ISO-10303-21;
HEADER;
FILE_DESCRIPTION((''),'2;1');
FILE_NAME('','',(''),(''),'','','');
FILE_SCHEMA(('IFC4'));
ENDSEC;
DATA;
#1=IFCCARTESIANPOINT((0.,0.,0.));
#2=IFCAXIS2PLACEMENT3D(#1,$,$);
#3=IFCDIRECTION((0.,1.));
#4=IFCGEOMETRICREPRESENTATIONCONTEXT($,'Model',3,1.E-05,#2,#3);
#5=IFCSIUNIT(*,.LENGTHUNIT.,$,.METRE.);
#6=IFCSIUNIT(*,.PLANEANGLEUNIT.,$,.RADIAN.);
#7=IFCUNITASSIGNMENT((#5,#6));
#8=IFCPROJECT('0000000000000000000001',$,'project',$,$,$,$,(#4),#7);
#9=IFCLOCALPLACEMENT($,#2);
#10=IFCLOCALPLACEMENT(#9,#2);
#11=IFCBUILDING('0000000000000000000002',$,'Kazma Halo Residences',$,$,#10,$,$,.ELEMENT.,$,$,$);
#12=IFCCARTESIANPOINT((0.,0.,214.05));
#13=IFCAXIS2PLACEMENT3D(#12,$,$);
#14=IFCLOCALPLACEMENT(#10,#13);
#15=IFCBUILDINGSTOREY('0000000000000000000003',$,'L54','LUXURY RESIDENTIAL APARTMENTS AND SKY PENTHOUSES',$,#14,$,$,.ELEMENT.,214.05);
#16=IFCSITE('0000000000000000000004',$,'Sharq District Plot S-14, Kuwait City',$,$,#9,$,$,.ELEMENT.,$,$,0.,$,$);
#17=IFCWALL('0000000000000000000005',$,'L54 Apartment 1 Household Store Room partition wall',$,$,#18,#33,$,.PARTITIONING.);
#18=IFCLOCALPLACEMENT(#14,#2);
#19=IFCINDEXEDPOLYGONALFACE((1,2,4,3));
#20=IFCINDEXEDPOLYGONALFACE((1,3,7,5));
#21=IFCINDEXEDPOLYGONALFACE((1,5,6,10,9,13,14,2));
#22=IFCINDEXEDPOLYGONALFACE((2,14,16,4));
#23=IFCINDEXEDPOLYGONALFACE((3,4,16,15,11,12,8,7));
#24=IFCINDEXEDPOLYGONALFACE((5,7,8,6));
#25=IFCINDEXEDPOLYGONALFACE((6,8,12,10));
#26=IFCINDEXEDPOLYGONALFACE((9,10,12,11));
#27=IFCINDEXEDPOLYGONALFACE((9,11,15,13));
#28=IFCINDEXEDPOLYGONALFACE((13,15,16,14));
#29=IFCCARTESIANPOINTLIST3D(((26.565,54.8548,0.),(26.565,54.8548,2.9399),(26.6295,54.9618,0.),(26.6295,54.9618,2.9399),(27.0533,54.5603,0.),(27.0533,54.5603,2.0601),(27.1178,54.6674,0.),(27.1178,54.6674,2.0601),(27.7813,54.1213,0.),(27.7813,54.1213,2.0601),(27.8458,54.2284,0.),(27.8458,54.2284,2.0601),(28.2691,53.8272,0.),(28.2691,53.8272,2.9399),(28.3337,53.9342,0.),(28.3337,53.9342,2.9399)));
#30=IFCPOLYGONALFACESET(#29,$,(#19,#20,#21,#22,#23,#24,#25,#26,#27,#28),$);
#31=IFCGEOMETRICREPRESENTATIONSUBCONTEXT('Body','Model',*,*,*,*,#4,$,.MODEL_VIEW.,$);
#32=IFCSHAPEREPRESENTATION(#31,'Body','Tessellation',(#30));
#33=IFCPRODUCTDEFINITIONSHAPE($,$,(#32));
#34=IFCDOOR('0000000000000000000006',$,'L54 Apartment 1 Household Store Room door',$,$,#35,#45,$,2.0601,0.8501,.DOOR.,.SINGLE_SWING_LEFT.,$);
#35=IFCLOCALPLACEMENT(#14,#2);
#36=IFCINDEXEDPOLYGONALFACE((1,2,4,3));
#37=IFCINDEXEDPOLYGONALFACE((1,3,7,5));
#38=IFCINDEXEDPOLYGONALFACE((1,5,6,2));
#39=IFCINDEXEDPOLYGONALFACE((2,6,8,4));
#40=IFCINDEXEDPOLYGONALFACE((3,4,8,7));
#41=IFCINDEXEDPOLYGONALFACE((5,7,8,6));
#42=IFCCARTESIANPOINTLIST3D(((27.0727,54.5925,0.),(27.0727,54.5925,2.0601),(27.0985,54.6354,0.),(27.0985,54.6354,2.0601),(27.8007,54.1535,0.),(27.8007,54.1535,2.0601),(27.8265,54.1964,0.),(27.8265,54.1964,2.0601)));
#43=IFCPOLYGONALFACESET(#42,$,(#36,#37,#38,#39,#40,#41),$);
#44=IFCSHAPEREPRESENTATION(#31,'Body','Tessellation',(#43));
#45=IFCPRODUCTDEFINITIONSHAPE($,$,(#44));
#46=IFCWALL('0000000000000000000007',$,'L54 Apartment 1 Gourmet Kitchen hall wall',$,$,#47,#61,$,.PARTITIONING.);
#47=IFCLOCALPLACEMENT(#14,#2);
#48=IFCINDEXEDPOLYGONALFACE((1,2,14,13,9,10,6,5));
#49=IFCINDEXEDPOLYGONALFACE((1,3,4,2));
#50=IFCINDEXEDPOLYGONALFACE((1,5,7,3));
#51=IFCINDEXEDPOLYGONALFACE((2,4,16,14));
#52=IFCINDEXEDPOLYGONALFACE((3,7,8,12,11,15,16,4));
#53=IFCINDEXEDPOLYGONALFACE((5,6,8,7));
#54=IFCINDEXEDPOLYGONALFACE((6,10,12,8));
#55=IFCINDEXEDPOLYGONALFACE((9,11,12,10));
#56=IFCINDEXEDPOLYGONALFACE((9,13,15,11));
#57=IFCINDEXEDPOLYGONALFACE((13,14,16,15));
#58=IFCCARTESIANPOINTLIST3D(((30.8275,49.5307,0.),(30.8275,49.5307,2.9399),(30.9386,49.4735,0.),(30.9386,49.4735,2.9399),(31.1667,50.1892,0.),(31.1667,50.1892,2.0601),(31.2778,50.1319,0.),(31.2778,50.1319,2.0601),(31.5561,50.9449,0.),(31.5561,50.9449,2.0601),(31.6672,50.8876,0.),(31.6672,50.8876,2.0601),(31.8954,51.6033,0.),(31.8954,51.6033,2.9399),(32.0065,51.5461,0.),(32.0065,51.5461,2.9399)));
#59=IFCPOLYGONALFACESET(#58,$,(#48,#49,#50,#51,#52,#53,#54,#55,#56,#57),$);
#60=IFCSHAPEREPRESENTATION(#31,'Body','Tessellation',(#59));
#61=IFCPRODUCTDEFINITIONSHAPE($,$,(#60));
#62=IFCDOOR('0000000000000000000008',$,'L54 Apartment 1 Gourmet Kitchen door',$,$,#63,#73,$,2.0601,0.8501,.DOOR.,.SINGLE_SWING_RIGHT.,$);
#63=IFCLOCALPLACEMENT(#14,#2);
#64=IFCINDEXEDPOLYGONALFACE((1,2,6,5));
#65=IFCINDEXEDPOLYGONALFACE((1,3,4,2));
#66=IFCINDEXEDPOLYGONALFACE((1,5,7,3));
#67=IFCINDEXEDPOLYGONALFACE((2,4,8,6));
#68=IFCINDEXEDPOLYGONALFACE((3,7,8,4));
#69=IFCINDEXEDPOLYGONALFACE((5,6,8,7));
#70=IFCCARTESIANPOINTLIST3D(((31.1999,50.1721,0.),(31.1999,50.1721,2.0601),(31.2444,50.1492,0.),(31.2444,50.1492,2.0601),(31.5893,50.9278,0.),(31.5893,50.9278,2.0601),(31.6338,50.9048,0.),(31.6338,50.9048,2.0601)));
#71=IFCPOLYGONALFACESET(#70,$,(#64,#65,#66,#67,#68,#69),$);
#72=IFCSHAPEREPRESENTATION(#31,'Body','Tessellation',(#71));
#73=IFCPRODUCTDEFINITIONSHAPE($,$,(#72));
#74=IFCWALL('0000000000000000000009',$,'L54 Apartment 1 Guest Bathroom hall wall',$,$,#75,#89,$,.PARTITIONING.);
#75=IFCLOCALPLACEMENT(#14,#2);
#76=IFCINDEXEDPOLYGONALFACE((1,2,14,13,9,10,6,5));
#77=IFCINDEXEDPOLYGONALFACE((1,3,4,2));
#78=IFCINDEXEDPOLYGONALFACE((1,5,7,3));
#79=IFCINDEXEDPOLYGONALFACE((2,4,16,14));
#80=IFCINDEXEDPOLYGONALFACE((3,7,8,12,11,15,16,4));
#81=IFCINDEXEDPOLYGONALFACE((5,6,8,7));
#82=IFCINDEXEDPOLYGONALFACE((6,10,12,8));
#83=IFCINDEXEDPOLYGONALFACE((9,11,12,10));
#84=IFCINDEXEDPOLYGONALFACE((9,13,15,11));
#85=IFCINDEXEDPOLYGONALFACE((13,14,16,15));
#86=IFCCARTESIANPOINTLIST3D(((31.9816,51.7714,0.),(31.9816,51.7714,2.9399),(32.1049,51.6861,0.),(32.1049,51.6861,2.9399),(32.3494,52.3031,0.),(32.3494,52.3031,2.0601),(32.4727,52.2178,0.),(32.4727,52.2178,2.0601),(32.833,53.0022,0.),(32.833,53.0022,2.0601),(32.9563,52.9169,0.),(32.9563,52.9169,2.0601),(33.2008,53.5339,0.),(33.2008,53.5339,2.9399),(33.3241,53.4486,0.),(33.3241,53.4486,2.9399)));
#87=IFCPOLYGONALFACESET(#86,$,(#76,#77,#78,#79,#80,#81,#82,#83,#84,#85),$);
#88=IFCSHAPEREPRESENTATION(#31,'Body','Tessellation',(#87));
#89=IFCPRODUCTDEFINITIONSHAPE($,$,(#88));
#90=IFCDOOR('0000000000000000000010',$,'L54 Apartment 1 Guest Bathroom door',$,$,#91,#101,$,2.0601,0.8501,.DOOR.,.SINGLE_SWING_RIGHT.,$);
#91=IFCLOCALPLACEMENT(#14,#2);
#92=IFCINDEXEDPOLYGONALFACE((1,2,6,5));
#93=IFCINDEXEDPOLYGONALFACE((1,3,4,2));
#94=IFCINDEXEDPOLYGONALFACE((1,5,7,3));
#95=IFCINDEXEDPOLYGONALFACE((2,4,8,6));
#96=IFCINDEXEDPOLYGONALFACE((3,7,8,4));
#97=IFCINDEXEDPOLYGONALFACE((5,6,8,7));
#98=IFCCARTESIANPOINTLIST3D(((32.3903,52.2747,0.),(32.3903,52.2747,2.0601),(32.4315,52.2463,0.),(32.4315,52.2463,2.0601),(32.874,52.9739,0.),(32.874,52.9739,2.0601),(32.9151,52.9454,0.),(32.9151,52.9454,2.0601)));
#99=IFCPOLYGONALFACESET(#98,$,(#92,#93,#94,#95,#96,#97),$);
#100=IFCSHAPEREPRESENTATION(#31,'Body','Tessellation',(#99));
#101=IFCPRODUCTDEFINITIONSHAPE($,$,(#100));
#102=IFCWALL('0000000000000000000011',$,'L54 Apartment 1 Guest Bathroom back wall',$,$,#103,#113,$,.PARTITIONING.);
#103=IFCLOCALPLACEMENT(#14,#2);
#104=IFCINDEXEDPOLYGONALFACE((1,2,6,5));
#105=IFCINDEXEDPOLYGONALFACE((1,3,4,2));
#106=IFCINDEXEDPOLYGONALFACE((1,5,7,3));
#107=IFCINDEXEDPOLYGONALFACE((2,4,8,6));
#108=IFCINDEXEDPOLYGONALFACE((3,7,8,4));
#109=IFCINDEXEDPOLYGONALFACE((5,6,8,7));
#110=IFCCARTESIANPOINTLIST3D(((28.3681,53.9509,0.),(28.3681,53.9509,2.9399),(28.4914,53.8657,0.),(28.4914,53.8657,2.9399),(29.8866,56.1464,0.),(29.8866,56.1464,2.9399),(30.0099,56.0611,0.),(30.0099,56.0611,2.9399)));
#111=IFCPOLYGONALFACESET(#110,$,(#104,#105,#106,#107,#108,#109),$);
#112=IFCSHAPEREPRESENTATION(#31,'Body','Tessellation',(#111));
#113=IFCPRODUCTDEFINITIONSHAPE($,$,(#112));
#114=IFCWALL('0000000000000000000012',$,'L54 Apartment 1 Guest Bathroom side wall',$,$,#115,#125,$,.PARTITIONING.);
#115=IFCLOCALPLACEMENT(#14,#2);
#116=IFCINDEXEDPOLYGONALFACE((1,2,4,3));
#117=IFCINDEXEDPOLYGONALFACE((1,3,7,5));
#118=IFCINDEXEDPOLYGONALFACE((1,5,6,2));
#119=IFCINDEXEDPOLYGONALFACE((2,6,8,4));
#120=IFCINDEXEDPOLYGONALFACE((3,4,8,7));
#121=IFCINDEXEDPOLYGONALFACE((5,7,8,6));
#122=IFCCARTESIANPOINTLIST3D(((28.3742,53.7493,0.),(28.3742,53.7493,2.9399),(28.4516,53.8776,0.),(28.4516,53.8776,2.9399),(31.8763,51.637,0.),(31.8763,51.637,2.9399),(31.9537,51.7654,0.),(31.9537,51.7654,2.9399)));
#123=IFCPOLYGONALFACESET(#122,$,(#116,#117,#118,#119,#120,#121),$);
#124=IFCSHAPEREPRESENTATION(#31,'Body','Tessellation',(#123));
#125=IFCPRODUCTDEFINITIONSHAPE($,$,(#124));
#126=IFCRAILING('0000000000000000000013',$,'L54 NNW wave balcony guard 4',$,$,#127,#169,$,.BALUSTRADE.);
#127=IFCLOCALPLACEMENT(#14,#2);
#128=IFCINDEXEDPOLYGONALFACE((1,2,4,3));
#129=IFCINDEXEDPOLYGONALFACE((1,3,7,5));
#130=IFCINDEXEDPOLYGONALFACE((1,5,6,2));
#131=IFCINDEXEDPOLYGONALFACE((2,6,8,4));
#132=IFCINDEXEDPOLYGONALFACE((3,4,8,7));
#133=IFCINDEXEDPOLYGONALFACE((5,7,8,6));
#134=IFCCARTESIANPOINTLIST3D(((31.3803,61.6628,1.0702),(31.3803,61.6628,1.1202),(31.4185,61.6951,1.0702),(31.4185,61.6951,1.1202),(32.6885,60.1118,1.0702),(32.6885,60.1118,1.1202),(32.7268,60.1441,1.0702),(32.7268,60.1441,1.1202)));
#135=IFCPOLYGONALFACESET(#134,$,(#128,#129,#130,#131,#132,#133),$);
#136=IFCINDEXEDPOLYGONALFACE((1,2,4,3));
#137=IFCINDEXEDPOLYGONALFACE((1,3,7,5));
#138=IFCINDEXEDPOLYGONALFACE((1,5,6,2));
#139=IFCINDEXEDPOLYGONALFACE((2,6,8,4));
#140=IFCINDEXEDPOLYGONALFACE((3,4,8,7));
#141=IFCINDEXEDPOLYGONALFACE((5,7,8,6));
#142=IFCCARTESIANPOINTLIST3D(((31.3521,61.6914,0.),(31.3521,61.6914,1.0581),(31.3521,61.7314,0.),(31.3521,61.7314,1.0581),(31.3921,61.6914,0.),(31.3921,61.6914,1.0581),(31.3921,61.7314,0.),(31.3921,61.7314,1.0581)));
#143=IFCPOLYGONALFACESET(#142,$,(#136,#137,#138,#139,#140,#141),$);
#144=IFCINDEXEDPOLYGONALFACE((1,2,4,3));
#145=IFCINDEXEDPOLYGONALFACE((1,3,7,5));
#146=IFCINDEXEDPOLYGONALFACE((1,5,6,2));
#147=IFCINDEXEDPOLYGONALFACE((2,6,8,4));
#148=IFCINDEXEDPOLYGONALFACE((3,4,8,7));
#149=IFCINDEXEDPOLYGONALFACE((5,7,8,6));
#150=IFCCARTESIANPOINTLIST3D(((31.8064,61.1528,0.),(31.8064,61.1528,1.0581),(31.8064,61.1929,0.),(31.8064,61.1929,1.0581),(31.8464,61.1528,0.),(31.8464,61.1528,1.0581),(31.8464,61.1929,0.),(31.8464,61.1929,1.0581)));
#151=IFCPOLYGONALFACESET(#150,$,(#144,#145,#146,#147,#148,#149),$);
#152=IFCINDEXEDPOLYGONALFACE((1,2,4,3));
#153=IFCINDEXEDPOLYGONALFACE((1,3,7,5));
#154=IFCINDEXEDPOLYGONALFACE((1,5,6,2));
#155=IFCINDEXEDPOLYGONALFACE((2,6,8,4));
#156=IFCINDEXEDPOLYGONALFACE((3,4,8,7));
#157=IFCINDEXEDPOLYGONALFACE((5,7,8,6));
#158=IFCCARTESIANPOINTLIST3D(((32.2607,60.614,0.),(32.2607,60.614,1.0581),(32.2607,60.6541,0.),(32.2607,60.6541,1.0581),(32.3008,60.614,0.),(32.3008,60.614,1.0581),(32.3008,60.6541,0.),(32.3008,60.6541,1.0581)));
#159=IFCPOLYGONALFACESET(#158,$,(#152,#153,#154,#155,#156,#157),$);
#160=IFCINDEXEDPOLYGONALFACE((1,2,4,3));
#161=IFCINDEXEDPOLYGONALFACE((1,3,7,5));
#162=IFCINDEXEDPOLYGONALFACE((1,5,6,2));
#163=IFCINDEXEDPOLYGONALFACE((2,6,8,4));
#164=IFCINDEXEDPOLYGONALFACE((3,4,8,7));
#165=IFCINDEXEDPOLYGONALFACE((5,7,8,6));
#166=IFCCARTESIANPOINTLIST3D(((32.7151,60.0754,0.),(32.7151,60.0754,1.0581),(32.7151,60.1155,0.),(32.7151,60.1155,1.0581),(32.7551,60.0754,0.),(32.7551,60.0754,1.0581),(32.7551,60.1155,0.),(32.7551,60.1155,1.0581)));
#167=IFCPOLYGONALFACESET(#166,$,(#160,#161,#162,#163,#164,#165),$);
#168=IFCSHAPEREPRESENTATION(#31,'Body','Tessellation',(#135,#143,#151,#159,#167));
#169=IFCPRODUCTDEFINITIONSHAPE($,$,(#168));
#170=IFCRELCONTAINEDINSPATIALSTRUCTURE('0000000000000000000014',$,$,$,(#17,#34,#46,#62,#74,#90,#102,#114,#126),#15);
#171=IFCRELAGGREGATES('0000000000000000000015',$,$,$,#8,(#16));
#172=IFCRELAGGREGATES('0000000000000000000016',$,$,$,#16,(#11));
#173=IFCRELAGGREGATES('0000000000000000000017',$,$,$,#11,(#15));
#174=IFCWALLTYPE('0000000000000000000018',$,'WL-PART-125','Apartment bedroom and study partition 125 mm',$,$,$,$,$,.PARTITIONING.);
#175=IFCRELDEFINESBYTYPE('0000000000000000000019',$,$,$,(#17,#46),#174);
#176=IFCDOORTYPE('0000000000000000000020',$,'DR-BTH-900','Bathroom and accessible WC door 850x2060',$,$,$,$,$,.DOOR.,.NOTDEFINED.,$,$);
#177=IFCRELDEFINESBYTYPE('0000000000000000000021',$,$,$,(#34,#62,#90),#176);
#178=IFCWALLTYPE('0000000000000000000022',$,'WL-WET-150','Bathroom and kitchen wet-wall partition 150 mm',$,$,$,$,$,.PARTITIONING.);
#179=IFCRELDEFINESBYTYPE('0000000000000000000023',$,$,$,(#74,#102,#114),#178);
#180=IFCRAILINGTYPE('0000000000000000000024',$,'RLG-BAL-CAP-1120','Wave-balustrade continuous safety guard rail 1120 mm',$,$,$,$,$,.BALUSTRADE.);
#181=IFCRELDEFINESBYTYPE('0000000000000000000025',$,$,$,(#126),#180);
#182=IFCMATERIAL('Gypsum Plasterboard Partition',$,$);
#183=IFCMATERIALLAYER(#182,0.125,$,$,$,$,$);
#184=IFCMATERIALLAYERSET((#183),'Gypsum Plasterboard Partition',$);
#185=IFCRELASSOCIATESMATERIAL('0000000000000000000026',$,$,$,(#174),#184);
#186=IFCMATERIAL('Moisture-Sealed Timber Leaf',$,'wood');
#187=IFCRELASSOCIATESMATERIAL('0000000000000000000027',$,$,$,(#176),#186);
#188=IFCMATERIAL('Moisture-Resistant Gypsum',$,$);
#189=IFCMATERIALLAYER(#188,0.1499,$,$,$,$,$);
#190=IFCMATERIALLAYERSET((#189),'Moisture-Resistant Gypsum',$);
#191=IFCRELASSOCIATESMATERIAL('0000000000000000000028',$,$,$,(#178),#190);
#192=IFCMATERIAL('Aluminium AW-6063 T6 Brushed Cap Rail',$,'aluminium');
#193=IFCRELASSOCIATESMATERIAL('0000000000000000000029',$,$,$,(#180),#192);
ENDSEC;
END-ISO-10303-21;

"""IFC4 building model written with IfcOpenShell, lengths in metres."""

from ifc_helpers import new_model, si_unit, direction, frame, frame_2d, origin, origin_2d, place, context, subcontext, project, spatial, rectangle, extrude, material, layer, layer_set, type_object, element, fill, save


model = new_model("IFC4")

# Units and contexts
model_context = context("Model", 3, precision=1e-05, world=origin(), true_north=direction((0.0, 1.0)))
body_context = subcontext(model_context, "Body", "Model", "MODEL_VIEW")
ifc_project = project(units=[si_unit("LENGTHUNIT", "METRE"), si_unit("PLANEANGLEUNIT", "RADIAN")], contexts=[model_context])

# Site, building, storey
site_placement = place(None, origin())
site = spatial("IfcSite", under=ifc_project, at=site_placement, Name="Sharq District Plot S-14, Kuwait City", CompositionType="ELEMENT", RefElevation=0.0)
building_placement = place(site_placement, origin())
building = spatial("IfcBuilding", under=site, at=building_placement, Name="Kazma Halo Residences", CompositionType="ELEMENT")
storey_placement = place(building_placement, frame((0.0, 0.0, 214.05)))
storey = spatial("IfcBuildingStorey", under=building, at=storey_placement, Name="L54", Description="LUXURY RESIDENTIAL APARTMENTS AND SKY PENTHOUSES", CompositionType="ELEMENT", Elevation=214.05)

# Shared definitions
ifc_material_1 = material(Name="Gypsum Plasterboard Partition")
ifc_layer_1 = layer(ifc_material_1, 0.125)
ifc_layer_set_1 = layer_set([ifc_layer_1], Name="Gypsum Plasterboard Partition")
wall_type_1 = type_object("IfcWallType", Name="WL-PART-125", Description="Apartment bedroom and study partition 125 mm", PredefinedType="PARTITIONING", material=ifc_layer_set_1)

# Walls, openings, doors
wall_1_placement = place(storey_placement, frame((28.3015, 53.8806, 0.0), z_axis=(0.0, 0.0, 1.0), x_axis=(-0.856354, 0.516389, 0.0)))
wall_1 = element("IfcWall", 1, at=wall_1_placement, inside=storey, type_object=wall_type_1, Name="L54 Apartment 1 Household Store Room partition wall", PredefinedType="PARTITIONING", context=body_context, shape_type="SweptSolid", body=[
    extrude(rectangle(XDim=1.99, YDim=0.125, at=frame_2d((0.9951, 0.0))), origin(), (0.0, 0.0, 1.0), 2.9399),
])
opening_1_placement = place(wall_1_placement, frame((0.5698, 0.0, 0.0)))
opening_1 = element("IfcOpeningElement", 2, at=opening_1_placement, cuts=wall_1, PredefinedType="OPENING", context=body_context, shape_type="SweptSolid", body=[
    extrude(rectangle(XDim=0.8501, YDim=2.0601, at=frame_2d((0.425, 1.03))), frame((0.0, 0.0725, 0.0), z_axis=(0.0, -1.0, 0.0), x_axis=(1.0, 0.0, 0.0)), (0.0, 0.0, 1.0), 0.145),
])
ifc_material_2 = material(Name="Moisture-Sealed Timber Leaf", Category="wood")
door_type_1 = type_object("IfcDoorType", Name="DR-BTH-900", Description="Bathroom and accessible WC door 850x2060", OperationType="NOTDEFINED", PredefinedType="DOOR", material=ifc_material_2)
door_1_placement = place(opening_1_placement, origin())
door_1 = element("IfcDoor", 3, at=door_1_placement, inside=storey, type_object=door_type_1, Name="L54 Apartment 1 Household Store Room door", OperationType="SINGLE_SWING_LEFT", OverallHeight=2.0601, OverallWidth=0.8501, PredefinedType="DOOR", context=body_context, shape_type="SweptSolid", body=[
    extrude(rectangle(XDim=0.8501, YDim=2.0601, at=frame_2d((0.425, 1.03))), frame((0.0, 0.0249, 0.0), z_axis=(0.0, -1.0, 0.0), x_axis=(1.0, 0.0, 0.0)), (0.0, 0.0, 1.0), 0.05),
])
fill(opening_1, door_1)
wall_2_placement = place(storey_placement, frame((31.9509, 51.5747, 0.0), z_axis=(0.0, 0.0, 1.0), x_axis=(-0.458029, -0.888937, 0.0)))
wall_2 = element("IfcWall", 4, at=wall_2_placement, inside=storey, type_object=wall_type_1, Name="L54 Apartment 1 Gourmet Kitchen hall wall", PredefinedType="PARTITIONING", context=body_context, shape_type="SweptSolid", body=[
    extrude(rectangle(XDim=2.3315, YDim=0.125, at=frame_2d((1.1658, 0.0))), origin(), (0.0, 0.0, 1.0), 2.9399),
])
opening_2_placement = place(wall_2_placement, frame((0.7407, 0.0, 0.0)))
opening_2 = element("IfcOpeningElement", 5, at=opening_2_placement, cuts=wall_2, PredefinedType="OPENING", context=body_context, shape_type="SweptSolid", body=[
    extrude(rectangle(XDim=0.8501, YDim=2.0601, at=frame_2d((0.425, 1.03))), frame((0.0, 0.0725, 0.0), z_axis=(0.0, -1.0, 0.0), x_axis=(1.0, 0.0, 0.0)), (0.0, 0.0, 1.0), 0.145),
])
door_2_placement = place(opening_2_placement, origin())
door_2 = element("IfcDoor", 6, at=door_2_placement, inside=storey, type_object=door_type_1, Name="L54 Apartment 1 Gourmet Kitchen door", OperationType="SINGLE_SWING_RIGHT", OverallHeight=2.0601, OverallWidth=0.8501, PredefinedType="DOOR", context=body_context, shape_type="SweptSolid", body=[
    extrude(rectangle(XDim=0.8501, YDim=2.0601, at=frame_2d((0.425, 1.03))), frame((0.0, 0.0249, 0.0), z_axis=(0.0, -1.0, 0.0), x_axis=(1.0, 0.0, 0.0)), (0.0, 0.0, 1.0), 0.05),
])
fill(opening_2, door_2)
ifc_material_3 = material(Name="Moisture-Resistant Gypsum")
ifc_layer_2 = layer(ifc_material_3, 0.1499)
ifc_layer_set_2 = layer_set([ifc_layer_2], Name="Moisture-Resistant Gypsum")
wall_type_2 = type_object("IfcWallType", Name="WL-WET-150", Description="Bathroom and kitchen wet-wall partition 150 mm", PredefinedType="PARTITIONING", material=ifc_layer_set_2)
wall_3_placement = place(storey_placement, frame((33.2625, 53.4912, 0.0), z_axis=(0.0, 0.0, 1.0), x_axis=(-0.56892, -0.822393, 0.0)))
wall_3 = element("IfcWall", 7, at=wall_3_placement, inside=storey, type_object=wall_type_2, Name="L54 Apartment 1 Guest Bathroom hall wall", PredefinedType="PARTITIONING", context=body_context, shape_type="SweptSolid", body=[
    extrude(rectangle(XDim=2.1431, YDim=0.1499, at=frame_2d((1.0715, 0.0))), origin(), (0.0, 0.0, 1.0), 2.9399),
])
opening_3_placement = place(wall_3_placement, frame((0.6465, 0.0, 0.0)))
opening_3 = element("IfcOpeningElement", 8, at=opening_3_placement, cuts=wall_3, PredefinedType="OPENING", context=body_context, shape_type="SweptSolid", body=[
    extrude(rectangle(XDim=0.8501, YDim=2.0601, at=frame_2d((0.425, 1.03))), frame((0.0, 0.085, 0.0), z_axis=(0.0, -1.0, 0.0), x_axis=(1.0, 0.0, 0.0)), (0.0, 0.0, 1.0), 0.1699),
])
door_3_placement = place(opening_3_placement, origin())
door_3 = element("IfcDoor", 9, at=door_3_placement, inside=storey, type_object=door_type_1, Name="L54 Apartment 1 Guest Bathroom door", OperationType="SINGLE_SWING_RIGHT", OverallHeight=2.0601, OverallWidth=0.8501, PredefinedType="DOOR", context=body_context, shape_type="SweptSolid", body=[
    extrude(rectangle(XDim=0.8501, YDim=2.0601, at=frame_2d((0.425, 1.03))), frame((0.0, 0.0249, 0.0), z_axis=(0.0, -1.0, 0.0), x_axis=(1.0, 0.0, 0.0)), (0.0, 0.0, 1.0), 0.05),
])
fill(opening_3, door_3)

# Walls
wall_4_placement = place(storey_placement, frame((29.9482, 56.1038, 0.0), z_axis=(0.0, 0.0, 1.0), x_axis=(-0.568844, -0.822446, 0.0)))
element("IfcWall", 10, at=wall_4_placement, inside=storey, type_object=wall_type_2, Name="L54 Apartment 1 Guest Bathroom back wall", PredefinedType="PARTITIONING", context=body_context, shape_type="SweptSolid", body=[
    extrude(rectangle(XDim=2.6694, YDim=0.1499, at=frame_2d((1.3347, 0.0))), origin(), (0.0, 0.0, 1.0), 2.9399),
])
wall_5_placement = place(storey_placement, frame((31.915, 51.7012, 0.0), z_axis=(0.0, 0.0, 1.0), x_axis=(-0.856306, 0.51647, 0.0)))
element("IfcWall", 11, at=wall_5_placement, inside=storey, type_object=wall_type_2, Name="L54 Apartment 1 Guest Bathroom side wall", PredefinedType="PARTITIONING", context=body_context, shape_type="SweptSolid", body=[
    extrude(rectangle(XDim=4.0898, YDim=0.1499, at=frame_2d((2.0449, 0.0))), origin(), (0.0, 0.0, 1.0), 2.9399),
])

# Railing
ifc_material_4 = material(Name="Aluminium AW-6063 T6 Brushed Cap Rail", Category="aluminium")
railing_type = type_object("IfcRailingType", Name="RLG-BAL-CAP-1120", Description="Wave-balustrade continuous safety guard rail 1120 mm", PredefinedType="BALUSTRADE", material=ifc_material_4)
railing_1_placement = place(storey_placement, frame((31.3721, 61.7114, 0.0)))
element("IfcRailing", 12, at=railing_1_placement, inside=storey, type_object=railing_type, Name="L54 NNW wave balcony guard 4", PredefinedType="BALUSTRADE", context=body_context, shape_type="SweptSolid", body=[
    extrude(rectangle(XDim=0.05, YDim=0.05, at=origin_2d()), frame((0.0273, -0.0325, 1.0952), z_axis=(0.644751, -0.764393, 0.0), x_axis=(0.764393, 0.644751, 0.0)), (0.0, 0.0, 1.0), 2.0291),
    extrude(rectangle(XDim=0.04, YDim=0.04, at=origin_2d()), origin(), (0.0, 0.0, 1.0), 1.0581),
    extrude(rectangle(XDim=0.04, YDim=0.04, at=origin_2d()), frame((0.4543, -0.5386, 0.0)), (0.0, 0.0, 1.0), 1.0581),
    extrude(rectangle(XDim=0.04, YDim=0.04, at=origin_2d()), frame((0.9087, -1.0774, 0.0)), (0.0, 0.0, 1.0), 1.0581),
    extrude(rectangle(XDim=0.04, YDim=0.04, at=origin_2d()), frame((1.363, -1.616, 0.0)), (0.0, 0.0, 1.0), 1.0581),
])

save(model, "model.ifc")
